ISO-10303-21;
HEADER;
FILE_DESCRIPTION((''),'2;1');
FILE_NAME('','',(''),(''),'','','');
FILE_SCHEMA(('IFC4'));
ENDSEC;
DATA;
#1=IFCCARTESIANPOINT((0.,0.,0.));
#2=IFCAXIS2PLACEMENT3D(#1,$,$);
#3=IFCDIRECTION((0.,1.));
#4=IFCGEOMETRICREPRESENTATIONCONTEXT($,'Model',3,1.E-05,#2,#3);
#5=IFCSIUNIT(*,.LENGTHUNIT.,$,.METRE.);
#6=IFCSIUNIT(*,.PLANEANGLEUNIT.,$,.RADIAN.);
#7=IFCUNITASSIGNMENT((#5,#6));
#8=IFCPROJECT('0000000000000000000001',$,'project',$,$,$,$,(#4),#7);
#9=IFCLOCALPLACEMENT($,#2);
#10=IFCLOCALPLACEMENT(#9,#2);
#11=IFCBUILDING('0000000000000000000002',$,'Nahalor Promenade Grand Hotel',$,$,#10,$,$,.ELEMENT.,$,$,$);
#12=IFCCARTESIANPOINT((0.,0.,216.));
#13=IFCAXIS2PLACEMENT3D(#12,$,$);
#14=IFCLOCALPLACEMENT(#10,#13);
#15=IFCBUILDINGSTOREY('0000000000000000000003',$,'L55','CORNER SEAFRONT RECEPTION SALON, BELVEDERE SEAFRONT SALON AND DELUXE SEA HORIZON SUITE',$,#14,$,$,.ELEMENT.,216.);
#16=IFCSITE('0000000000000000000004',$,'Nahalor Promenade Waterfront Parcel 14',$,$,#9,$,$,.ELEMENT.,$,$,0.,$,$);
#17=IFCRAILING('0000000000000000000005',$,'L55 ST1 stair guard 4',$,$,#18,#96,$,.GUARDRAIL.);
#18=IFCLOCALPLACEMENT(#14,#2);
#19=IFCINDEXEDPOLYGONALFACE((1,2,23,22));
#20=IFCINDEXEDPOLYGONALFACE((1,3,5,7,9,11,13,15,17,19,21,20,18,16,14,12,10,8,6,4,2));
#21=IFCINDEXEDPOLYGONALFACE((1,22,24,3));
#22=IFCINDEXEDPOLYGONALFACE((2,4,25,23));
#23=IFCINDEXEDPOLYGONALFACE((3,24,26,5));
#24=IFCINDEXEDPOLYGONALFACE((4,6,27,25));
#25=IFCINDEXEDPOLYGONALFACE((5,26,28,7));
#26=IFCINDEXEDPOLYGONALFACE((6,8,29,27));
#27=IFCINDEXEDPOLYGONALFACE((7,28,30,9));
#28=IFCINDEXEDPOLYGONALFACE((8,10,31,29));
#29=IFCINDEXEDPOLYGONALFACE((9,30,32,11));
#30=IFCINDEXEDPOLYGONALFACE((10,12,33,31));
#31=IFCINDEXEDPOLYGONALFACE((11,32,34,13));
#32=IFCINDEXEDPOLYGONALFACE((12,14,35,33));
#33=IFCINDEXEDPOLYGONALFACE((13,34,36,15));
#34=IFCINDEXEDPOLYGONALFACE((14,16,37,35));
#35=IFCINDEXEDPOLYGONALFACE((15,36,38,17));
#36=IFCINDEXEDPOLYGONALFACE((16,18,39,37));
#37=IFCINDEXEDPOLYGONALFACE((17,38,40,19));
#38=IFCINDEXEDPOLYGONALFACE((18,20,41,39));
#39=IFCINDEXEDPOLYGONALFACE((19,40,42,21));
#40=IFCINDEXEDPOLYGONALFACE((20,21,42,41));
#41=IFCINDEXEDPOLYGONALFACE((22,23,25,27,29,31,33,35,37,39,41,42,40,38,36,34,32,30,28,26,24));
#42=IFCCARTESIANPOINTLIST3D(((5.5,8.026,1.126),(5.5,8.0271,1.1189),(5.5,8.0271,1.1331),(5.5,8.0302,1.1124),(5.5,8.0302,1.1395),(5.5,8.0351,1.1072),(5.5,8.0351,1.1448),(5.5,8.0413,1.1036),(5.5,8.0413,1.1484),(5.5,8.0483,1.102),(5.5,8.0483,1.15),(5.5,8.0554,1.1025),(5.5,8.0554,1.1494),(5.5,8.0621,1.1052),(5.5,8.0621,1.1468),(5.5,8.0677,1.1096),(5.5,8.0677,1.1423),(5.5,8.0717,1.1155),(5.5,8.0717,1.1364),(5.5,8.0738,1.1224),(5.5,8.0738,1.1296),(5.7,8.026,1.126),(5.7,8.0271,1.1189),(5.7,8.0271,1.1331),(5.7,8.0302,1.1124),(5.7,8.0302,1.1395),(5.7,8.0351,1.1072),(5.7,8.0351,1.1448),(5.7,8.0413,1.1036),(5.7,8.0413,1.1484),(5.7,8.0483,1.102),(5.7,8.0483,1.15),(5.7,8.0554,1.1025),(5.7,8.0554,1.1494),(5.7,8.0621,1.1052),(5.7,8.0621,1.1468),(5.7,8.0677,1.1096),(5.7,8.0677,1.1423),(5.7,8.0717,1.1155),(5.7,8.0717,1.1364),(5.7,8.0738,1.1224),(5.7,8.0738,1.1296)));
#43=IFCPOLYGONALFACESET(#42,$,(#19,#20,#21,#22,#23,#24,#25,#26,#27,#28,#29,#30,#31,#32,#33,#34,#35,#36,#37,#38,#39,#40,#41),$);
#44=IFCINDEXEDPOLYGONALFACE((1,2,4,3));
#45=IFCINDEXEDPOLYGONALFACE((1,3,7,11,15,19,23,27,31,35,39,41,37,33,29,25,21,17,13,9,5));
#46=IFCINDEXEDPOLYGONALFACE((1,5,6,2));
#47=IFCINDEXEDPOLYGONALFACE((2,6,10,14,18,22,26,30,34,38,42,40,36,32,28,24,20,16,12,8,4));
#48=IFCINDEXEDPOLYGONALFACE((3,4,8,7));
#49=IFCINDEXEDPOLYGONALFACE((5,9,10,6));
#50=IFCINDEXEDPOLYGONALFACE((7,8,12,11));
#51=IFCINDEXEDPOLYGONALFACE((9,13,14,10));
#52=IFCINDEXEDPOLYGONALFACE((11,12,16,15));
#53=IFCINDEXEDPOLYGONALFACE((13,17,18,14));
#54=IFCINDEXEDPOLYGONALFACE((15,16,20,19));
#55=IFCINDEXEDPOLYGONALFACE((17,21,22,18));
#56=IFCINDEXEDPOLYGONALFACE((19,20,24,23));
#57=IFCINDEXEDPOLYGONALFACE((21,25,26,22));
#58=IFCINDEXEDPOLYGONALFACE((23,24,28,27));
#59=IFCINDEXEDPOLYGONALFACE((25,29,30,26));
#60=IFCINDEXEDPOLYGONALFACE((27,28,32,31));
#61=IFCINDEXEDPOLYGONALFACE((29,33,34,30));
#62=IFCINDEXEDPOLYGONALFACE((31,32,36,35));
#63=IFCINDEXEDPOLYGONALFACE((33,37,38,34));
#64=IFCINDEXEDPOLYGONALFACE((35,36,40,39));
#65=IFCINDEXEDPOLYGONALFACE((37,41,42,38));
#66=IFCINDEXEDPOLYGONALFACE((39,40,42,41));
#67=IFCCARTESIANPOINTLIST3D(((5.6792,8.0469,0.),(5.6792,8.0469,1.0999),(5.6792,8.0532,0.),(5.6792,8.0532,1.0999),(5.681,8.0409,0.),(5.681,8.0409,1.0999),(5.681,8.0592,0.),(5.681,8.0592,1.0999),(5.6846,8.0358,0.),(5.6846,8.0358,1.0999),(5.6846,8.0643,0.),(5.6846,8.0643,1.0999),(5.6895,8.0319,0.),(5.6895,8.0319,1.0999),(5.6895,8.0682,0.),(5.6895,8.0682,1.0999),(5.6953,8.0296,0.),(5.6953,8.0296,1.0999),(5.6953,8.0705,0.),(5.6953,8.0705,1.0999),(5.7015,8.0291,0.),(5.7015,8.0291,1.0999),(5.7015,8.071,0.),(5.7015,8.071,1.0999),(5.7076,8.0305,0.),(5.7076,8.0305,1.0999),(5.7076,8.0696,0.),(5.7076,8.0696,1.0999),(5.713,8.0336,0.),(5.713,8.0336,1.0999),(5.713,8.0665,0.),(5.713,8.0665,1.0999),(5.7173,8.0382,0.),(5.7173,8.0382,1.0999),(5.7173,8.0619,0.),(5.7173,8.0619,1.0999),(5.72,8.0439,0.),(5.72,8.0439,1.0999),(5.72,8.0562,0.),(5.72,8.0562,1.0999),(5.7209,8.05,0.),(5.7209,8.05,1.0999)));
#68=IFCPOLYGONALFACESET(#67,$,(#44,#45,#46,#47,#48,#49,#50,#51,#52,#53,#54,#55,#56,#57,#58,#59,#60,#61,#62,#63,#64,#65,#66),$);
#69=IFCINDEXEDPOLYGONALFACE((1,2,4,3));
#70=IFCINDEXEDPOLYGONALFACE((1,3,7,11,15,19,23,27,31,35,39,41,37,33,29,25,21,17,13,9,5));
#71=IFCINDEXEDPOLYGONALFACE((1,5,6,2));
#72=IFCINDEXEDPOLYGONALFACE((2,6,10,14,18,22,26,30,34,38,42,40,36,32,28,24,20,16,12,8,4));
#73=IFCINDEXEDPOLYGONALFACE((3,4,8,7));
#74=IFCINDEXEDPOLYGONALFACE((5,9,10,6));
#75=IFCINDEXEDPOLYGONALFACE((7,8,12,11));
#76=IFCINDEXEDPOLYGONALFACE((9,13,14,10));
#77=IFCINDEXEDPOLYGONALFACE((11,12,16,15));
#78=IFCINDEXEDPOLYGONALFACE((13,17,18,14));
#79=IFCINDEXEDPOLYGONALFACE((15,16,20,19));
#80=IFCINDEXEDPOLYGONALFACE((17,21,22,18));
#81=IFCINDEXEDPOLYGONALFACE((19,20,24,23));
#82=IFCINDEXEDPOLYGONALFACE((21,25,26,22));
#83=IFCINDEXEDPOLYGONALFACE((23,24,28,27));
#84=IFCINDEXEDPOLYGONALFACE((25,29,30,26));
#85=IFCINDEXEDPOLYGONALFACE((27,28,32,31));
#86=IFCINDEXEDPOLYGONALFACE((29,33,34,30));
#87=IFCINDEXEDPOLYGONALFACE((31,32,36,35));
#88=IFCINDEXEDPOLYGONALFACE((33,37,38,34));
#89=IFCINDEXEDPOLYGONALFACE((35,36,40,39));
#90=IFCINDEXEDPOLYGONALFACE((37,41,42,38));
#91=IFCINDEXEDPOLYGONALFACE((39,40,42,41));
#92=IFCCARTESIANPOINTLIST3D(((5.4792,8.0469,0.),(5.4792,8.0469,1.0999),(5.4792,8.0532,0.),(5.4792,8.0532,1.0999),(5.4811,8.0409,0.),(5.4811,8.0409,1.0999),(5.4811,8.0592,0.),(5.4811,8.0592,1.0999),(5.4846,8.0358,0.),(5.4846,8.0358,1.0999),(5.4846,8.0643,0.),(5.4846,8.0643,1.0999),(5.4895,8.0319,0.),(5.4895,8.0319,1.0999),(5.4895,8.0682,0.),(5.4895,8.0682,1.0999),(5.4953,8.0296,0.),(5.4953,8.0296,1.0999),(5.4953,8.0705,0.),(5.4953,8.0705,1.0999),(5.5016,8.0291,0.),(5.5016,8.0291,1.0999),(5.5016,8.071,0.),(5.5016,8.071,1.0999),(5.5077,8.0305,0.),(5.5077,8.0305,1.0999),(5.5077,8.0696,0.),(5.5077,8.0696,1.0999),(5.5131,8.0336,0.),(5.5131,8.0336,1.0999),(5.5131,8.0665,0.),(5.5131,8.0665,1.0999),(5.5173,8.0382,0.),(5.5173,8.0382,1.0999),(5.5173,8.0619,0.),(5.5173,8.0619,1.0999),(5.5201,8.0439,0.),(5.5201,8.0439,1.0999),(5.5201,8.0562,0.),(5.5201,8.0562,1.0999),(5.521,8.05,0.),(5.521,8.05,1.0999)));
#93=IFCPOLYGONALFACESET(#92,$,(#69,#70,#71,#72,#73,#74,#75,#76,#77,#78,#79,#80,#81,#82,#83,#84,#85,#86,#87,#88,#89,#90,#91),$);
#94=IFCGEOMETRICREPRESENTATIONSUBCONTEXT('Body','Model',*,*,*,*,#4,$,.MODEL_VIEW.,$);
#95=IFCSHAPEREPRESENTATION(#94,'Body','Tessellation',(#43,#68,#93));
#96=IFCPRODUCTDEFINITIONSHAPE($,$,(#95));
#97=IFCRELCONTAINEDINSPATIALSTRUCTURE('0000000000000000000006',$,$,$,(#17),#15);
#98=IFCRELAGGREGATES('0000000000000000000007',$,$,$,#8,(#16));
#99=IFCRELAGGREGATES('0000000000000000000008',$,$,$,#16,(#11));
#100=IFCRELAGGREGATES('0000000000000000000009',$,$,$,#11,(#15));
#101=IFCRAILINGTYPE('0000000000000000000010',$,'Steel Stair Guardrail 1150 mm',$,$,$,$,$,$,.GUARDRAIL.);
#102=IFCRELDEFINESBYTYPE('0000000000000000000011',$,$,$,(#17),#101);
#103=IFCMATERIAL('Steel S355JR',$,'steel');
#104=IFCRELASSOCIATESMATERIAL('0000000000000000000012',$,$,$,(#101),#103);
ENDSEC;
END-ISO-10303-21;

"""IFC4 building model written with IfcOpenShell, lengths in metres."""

from ifc_helpers import new_model, si_unit, direction, frame, origin, origin_2d, place, context, subcontext, project, spatial, circle, extrude, material, type_object, element, save


model = new_model("IFC4")

# Units and contexts
model_context = context("Model", 3, precision=1e-05, world=origin(), true_north=direction((0.0, 1.0)))
body_context = subcontext(model_context, "Body", "Model", "MODEL_VIEW")
ifc_project = project(units=[si_unit("LENGTHUNIT", "METRE"), si_unit("PLANEANGLEUNIT", "RADIAN")], contexts=[model_context])

# Site, building, storey
site_placement = place(None, origin())
site = spatial("IfcSite", under=ifc_project, at=site_placement, Name="Nahalor Promenade Waterfront Parcel 14", CompositionType="ELEMENT", RefElevation=0.0)
building_placement = place(site_placement, origin())
building = spatial("IfcBuilding", under=site, at=building_placement, Name="Nahalor Promenade Grand Hotel", CompositionType="ELEMENT")
storey_placement = place(building_placement, frame((0.0, 0.0, 216.0)))
storey = spatial("IfcBuildingStorey", under=building, at=storey_placement, Name="L55", Description="CORNER SEAFRONT RECEPTION SALON, BELVEDERE SEAFRONT SALON AND DELUXE SEA HORIZON SUITE", CompositionType="ELEMENT", Elevation=216.0)

# Shared definitions
ifc_material_1 = material(Name="Steel S355JR", Category="steel")

# Railing
railing_type_1 = type_object("IfcRailingType", Name="Steel Stair Guardrail 1150 mm", PredefinedType="GUARDRAIL", material=ifc_material_1)
railing_1_placement = place(storey_placement, frame((5.7, 8.05, 0.0)))
element("IfcRailing", 1, at=railing_1_placement, inside=storey, type_object=railing_type_1, Name="L55 ST1 stair guard 4", PredefinedType="GUARDRAIL", context=body_context, shape_type="SweptSolid", body=[
    extrude(circle(Radius=0.024, at=origin_2d()), frame((0.0, 0.0, 1.126), z_axis=(-1.0, 0.0, 0.0), x_axis=(0.0, -1.0, 0.0)), (0.0, 0.0, 1.0), 0.2),
    extrude(circle(Radius=0.021, at=origin_2d()), origin(), (0.0, 0.0, 1.0), 1.0999),
    extrude(circle(Radius=0.021, at=origin_2d()), frame((-0.2, 0.0, 0.0)), (0.0, 0.0, 1.0), 1.0999),
])

save(model, "model.ifc")
